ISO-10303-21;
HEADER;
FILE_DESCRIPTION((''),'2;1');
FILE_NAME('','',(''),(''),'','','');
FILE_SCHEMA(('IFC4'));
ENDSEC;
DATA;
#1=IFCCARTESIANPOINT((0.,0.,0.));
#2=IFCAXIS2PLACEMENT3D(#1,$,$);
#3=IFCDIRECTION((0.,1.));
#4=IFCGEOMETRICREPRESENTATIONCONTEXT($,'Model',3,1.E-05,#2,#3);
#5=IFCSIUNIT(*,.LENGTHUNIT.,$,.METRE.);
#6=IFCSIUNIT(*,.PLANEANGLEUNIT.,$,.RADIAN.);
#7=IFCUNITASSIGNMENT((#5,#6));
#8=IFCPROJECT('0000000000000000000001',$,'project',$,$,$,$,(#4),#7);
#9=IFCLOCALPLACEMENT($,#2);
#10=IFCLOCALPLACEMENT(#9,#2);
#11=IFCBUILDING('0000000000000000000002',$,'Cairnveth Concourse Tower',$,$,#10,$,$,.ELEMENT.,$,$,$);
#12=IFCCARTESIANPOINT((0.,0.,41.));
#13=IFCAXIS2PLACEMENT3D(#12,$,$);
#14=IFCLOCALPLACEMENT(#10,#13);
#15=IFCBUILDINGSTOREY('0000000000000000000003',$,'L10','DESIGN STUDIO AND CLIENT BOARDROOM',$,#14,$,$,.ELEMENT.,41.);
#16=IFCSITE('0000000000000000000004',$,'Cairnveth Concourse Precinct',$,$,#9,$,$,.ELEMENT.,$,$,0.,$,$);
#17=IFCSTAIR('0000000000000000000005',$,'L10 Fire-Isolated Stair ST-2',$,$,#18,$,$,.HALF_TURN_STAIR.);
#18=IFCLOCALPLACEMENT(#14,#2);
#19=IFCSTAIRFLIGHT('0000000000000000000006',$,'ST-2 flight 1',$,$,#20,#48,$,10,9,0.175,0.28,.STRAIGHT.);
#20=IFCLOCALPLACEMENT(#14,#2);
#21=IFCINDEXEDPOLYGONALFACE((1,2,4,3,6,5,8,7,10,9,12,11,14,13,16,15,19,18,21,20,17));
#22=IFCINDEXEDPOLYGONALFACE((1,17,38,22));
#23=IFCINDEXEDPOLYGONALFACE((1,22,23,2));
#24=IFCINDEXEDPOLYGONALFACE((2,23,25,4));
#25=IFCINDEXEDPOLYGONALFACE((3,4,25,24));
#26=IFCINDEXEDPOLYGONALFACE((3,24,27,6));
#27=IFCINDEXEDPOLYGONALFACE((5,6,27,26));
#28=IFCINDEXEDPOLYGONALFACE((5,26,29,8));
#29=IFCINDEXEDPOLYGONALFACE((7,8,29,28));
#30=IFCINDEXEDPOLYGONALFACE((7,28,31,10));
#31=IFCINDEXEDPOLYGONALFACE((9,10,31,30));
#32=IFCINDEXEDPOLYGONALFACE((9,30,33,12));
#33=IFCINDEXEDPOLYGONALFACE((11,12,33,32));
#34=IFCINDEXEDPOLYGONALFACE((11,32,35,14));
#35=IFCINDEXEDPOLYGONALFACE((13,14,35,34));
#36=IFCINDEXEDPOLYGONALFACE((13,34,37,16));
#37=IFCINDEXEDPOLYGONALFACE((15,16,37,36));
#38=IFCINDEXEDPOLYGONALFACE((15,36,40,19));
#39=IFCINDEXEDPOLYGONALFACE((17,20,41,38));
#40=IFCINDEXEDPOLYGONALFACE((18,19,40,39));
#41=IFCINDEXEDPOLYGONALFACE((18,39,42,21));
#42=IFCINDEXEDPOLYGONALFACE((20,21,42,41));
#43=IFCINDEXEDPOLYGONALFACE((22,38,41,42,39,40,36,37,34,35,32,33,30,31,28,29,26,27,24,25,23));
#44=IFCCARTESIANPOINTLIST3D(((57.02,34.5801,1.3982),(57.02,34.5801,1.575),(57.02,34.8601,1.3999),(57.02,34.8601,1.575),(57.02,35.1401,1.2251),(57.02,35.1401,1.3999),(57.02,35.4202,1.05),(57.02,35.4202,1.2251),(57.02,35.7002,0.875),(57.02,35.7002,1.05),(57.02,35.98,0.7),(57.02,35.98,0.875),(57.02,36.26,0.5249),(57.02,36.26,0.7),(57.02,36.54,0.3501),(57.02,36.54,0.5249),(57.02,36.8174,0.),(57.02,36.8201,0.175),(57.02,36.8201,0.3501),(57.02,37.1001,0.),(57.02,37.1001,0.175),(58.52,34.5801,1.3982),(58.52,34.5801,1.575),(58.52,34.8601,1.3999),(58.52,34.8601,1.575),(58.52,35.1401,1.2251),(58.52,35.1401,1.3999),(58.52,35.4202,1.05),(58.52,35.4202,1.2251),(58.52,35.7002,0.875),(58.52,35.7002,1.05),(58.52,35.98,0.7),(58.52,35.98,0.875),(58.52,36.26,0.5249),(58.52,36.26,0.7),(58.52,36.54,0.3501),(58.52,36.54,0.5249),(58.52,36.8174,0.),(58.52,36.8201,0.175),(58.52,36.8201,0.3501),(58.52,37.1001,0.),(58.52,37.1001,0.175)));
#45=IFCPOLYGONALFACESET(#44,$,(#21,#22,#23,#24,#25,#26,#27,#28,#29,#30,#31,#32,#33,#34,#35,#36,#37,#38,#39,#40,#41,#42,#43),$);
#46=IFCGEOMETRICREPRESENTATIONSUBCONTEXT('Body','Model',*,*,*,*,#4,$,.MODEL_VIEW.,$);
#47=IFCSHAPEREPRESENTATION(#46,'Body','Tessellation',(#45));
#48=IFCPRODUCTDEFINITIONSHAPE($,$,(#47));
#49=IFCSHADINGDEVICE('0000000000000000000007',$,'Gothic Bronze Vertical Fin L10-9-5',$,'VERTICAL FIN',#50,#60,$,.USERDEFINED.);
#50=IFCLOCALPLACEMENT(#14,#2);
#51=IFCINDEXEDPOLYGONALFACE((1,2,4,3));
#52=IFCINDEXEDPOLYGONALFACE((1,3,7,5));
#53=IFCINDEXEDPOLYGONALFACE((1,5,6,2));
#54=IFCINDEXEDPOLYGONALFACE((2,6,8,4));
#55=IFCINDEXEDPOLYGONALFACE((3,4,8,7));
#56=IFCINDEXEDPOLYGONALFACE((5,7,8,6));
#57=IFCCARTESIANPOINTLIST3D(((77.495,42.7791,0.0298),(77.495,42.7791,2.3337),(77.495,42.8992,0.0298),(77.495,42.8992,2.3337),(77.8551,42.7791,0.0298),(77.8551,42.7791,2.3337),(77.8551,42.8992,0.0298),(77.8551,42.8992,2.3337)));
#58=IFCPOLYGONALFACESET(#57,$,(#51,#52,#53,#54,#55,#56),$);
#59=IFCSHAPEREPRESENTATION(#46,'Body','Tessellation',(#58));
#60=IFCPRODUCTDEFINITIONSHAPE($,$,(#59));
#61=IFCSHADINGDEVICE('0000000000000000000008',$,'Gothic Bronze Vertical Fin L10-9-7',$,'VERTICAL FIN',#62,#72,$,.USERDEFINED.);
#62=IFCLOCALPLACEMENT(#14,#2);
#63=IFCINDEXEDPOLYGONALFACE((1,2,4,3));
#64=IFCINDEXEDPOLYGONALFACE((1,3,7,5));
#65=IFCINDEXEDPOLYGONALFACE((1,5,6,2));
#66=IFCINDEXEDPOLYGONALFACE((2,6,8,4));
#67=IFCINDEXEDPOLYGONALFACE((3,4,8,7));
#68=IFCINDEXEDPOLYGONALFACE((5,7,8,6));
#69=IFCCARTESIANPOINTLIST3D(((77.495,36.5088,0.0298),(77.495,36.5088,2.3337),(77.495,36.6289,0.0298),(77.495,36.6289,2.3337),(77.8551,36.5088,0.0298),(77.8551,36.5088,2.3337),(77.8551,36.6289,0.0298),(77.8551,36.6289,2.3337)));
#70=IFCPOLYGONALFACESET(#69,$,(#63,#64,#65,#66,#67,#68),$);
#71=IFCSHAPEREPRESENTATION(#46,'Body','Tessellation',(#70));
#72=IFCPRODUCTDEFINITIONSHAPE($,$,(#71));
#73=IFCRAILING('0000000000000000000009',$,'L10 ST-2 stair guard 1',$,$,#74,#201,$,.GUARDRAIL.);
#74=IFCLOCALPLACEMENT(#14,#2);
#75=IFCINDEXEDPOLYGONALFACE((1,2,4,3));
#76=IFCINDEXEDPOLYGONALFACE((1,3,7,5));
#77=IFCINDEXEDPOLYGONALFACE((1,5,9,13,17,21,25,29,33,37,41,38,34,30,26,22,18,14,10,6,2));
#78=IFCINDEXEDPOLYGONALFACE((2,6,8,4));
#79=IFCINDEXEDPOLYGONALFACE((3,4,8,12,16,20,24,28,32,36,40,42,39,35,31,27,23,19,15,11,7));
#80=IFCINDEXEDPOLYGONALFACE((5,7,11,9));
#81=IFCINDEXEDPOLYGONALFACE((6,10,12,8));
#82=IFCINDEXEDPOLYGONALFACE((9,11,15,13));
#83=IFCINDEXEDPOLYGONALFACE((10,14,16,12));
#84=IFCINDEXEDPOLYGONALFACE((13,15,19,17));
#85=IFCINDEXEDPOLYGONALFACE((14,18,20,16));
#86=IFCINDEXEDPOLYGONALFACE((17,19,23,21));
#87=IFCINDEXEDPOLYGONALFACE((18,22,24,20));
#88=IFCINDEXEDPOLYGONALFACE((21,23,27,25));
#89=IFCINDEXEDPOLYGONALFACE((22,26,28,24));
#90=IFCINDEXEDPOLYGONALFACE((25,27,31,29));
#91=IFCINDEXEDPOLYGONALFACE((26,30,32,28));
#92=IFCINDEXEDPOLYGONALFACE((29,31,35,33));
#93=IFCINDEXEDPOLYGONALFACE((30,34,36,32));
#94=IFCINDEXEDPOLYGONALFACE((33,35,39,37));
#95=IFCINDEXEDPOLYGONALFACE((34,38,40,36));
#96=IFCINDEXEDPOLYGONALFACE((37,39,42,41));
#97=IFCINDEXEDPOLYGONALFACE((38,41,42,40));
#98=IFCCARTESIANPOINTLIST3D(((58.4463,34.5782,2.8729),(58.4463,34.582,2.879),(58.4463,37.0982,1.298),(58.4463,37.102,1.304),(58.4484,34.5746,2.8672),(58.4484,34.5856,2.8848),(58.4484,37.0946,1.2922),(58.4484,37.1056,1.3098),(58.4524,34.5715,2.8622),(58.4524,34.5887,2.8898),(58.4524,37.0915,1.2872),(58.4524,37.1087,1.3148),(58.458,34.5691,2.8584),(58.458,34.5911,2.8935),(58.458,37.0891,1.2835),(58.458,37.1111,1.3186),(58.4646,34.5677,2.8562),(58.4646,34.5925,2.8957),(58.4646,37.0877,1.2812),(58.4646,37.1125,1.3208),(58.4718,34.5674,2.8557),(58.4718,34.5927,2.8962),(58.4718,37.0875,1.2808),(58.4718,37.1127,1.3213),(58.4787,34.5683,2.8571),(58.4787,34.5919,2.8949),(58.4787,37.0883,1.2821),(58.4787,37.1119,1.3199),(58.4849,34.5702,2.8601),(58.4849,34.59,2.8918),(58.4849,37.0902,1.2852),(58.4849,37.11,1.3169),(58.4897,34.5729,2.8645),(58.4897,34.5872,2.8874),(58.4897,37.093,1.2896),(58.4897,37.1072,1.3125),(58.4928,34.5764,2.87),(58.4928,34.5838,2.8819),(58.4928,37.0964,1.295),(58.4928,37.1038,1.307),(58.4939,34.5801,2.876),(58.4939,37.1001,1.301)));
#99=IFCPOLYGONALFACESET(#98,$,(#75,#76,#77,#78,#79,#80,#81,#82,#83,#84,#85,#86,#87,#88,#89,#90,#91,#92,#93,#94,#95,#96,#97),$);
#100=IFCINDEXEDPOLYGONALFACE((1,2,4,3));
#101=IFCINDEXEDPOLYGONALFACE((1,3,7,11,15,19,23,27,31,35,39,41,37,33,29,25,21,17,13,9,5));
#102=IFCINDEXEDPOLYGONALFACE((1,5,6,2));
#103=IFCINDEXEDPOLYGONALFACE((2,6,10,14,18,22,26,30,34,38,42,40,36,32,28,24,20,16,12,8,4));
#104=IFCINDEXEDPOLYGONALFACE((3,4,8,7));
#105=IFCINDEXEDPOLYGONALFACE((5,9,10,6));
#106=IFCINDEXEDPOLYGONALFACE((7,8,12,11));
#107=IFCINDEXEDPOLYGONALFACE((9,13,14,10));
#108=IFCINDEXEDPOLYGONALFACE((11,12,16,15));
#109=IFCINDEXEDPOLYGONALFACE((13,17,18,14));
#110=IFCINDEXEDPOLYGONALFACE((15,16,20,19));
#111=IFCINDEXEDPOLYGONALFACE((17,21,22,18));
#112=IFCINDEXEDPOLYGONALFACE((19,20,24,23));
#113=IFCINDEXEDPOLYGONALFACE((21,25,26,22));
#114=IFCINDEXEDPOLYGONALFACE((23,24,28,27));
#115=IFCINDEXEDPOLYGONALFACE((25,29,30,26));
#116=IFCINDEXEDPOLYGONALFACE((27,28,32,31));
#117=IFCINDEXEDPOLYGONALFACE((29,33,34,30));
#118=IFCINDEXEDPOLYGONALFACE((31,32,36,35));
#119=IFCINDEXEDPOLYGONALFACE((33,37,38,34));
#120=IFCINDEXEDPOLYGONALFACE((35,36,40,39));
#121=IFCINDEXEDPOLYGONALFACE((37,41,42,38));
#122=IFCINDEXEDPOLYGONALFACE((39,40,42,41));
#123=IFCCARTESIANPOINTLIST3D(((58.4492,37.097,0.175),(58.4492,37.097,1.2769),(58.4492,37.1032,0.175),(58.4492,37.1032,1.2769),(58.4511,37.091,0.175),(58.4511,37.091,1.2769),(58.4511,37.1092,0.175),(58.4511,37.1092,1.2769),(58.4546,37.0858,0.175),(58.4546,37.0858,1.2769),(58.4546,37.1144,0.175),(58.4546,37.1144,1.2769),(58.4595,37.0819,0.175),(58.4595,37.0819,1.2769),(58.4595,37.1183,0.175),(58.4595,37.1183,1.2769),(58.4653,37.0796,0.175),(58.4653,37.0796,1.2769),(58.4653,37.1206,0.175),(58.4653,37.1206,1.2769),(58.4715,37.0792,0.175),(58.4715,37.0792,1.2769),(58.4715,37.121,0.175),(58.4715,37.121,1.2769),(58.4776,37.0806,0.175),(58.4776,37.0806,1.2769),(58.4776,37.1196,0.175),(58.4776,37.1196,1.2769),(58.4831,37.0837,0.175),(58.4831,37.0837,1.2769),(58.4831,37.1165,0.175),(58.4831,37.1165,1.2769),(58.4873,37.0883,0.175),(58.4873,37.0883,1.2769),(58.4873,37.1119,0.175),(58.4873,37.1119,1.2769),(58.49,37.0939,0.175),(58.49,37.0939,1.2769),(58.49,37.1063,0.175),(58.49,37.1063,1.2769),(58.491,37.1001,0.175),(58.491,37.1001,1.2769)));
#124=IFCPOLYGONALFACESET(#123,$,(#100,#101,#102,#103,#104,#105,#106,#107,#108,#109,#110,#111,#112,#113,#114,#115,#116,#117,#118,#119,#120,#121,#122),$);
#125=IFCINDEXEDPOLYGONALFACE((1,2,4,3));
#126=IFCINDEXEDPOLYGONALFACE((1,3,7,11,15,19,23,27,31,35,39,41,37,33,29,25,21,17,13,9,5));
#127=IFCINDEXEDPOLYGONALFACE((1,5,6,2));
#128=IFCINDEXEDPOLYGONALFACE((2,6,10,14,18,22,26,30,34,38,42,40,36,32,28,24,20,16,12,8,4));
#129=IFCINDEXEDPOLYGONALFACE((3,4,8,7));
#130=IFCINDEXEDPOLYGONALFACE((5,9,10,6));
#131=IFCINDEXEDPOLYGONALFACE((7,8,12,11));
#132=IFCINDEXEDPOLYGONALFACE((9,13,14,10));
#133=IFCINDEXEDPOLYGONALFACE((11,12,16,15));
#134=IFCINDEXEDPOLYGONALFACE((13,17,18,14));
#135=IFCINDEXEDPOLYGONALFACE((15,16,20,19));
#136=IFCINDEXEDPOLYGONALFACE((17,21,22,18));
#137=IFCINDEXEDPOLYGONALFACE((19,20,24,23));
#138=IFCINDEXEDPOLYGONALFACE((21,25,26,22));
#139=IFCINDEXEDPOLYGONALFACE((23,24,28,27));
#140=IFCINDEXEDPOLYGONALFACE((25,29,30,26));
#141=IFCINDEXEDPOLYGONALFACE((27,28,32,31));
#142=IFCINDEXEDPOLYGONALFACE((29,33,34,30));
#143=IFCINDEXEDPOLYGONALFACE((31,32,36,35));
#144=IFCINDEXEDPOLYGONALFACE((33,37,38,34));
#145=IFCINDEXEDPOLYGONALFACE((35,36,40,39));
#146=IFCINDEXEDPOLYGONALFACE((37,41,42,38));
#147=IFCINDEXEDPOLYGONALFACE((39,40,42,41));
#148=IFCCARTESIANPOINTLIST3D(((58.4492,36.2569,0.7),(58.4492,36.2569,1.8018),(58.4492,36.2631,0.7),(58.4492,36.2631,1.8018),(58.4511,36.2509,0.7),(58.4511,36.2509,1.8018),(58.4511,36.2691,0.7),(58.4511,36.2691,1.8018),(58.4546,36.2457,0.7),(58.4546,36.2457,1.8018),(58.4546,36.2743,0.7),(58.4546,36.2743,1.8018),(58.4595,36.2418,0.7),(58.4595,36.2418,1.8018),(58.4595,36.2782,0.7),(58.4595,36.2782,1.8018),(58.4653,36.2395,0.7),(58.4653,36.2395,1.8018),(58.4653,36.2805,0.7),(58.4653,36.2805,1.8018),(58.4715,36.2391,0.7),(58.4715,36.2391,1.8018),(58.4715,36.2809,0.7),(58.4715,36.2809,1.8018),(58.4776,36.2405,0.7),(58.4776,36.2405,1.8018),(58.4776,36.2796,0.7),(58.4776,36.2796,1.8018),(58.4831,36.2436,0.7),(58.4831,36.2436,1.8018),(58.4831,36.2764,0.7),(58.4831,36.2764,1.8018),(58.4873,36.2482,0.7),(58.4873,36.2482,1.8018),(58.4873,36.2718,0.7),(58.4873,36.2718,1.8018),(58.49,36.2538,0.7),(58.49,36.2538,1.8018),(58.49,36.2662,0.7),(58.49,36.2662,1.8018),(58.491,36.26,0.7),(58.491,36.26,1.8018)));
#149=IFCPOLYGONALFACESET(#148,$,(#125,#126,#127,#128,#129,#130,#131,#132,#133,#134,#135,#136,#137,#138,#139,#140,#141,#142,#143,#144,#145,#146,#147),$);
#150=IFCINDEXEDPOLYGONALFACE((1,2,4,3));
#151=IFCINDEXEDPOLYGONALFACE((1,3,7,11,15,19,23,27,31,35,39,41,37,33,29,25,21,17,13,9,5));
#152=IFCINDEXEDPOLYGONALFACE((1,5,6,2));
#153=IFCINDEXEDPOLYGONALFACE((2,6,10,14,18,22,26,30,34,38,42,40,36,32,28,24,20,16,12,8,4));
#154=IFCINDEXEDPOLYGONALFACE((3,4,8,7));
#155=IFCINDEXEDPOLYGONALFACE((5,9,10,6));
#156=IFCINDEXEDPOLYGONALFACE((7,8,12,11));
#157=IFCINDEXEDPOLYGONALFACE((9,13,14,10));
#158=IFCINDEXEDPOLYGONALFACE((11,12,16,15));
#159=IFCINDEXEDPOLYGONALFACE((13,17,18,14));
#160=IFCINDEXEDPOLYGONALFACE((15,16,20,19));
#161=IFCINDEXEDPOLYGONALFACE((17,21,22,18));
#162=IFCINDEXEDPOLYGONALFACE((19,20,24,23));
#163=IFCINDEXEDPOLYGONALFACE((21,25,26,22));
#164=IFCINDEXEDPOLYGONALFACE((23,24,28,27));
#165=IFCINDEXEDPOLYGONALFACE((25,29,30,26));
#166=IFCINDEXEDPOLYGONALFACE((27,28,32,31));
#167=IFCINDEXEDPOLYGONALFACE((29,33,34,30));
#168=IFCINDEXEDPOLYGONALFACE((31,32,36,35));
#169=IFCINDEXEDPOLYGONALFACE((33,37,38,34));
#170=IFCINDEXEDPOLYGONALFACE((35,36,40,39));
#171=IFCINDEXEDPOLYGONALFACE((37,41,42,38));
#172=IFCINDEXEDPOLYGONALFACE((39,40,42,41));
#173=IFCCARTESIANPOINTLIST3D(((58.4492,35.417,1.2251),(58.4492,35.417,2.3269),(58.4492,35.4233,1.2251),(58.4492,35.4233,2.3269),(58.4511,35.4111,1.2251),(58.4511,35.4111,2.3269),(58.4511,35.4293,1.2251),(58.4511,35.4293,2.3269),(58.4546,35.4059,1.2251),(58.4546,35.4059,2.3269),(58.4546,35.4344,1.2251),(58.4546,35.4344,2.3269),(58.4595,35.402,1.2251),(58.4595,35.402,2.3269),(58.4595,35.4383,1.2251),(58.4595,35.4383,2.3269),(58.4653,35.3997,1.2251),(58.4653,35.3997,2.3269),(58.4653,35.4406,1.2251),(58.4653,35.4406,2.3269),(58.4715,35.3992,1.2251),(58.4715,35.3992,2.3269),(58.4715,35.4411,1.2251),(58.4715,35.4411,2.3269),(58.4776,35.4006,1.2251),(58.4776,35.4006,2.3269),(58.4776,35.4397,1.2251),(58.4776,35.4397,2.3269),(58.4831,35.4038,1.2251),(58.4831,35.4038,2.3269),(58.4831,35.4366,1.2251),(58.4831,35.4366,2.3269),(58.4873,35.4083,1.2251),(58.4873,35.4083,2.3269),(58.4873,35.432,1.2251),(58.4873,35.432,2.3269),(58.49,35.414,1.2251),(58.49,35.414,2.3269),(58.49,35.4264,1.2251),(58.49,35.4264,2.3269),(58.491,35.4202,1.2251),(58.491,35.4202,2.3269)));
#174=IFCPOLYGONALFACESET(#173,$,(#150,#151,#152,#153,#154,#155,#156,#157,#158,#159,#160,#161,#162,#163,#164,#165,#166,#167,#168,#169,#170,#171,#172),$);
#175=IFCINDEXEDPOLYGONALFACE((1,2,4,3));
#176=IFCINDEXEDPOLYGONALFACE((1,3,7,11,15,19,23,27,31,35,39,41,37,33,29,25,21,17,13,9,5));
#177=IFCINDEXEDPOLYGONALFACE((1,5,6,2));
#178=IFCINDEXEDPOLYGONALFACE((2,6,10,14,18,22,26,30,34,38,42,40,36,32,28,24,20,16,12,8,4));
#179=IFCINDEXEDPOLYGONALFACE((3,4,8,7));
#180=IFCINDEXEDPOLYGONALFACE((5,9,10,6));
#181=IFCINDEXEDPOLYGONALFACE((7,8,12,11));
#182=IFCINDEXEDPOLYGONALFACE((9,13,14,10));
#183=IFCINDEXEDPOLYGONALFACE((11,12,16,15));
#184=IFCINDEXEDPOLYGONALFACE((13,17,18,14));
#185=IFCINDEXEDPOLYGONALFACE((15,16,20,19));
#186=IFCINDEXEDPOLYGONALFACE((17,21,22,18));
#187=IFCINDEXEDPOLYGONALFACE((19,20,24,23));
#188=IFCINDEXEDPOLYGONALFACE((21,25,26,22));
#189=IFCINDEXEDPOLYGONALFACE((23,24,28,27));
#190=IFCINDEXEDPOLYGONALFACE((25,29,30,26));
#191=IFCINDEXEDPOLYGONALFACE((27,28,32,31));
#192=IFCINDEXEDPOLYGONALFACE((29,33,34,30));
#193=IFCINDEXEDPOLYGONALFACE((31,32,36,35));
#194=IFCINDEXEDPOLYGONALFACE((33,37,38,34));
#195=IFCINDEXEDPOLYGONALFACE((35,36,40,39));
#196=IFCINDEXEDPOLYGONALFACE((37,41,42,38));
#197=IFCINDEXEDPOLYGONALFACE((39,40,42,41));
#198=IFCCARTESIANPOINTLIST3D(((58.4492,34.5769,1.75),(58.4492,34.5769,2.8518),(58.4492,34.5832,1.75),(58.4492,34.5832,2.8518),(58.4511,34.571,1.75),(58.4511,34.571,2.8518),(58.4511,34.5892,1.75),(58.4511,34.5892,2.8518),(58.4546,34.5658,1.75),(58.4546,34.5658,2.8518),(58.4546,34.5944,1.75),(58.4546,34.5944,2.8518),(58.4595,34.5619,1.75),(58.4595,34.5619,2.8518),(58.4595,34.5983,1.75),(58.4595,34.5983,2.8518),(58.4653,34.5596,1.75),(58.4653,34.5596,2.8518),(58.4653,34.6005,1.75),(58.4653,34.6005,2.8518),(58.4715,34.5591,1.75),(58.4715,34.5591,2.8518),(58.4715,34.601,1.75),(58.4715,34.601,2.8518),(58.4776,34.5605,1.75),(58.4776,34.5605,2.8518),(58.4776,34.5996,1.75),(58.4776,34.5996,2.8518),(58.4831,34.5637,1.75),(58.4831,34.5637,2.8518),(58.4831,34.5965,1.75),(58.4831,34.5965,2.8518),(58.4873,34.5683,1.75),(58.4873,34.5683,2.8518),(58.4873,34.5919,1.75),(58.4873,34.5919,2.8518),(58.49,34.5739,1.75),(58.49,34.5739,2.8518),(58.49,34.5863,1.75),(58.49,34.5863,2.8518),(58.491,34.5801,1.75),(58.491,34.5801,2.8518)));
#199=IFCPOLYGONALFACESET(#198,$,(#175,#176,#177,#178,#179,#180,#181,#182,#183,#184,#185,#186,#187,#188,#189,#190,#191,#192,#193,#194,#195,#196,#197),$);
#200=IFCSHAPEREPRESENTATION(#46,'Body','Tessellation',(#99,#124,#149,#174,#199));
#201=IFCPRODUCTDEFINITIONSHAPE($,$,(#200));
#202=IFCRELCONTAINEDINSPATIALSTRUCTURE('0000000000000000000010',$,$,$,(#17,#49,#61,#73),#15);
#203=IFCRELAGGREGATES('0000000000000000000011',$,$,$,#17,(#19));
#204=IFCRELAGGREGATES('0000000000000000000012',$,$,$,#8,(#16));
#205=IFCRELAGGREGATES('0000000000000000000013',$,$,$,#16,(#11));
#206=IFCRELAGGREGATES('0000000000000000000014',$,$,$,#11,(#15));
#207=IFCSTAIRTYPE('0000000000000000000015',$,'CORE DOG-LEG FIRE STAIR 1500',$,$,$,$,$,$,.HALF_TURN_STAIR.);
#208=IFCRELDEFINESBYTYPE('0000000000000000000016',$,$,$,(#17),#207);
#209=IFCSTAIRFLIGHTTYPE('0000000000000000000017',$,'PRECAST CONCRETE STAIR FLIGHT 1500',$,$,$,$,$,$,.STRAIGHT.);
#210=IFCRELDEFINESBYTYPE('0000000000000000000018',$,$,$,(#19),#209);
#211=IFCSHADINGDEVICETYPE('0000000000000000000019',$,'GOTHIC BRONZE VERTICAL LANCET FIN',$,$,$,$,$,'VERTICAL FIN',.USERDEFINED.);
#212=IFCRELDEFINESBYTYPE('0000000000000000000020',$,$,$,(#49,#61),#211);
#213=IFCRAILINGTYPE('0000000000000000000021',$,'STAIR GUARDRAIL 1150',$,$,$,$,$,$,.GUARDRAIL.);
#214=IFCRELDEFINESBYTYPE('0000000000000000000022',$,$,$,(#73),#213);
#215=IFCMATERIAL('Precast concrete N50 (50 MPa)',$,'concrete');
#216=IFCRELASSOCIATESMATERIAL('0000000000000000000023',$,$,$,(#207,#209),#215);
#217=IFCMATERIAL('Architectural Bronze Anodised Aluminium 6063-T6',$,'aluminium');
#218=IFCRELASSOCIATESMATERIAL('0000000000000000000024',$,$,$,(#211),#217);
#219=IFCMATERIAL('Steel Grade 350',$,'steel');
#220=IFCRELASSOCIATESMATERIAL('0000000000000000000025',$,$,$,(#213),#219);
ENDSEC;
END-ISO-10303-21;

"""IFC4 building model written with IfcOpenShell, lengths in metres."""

from ifc_helpers import new_model, si_unit, direction, frame, origin, origin_2d, place, context, subcontext, project, spatial, polyline, rectangle, circle, outline, extrude, material, type_object, element, aggregate, save


model = new_model("IFC4")

# Units and contexts
model_context = context("Model", 3, precision=1e-05, world=origin(), true_north=direction((0.0, 1.0)))
body_context = subcontext(model_context, "Body", "Model", "MODEL_VIEW")
ifc_project = project(units=[si_unit("LENGTHUNIT", "METRE"), si_unit("PLANEANGLEUNIT", "RADIAN")], contexts=[model_context])

# Site, building, storey
site_placement = place(None, origin())
site = spatial("IfcSite", under=ifc_project, at=site_placement, Name="Cairnveth Concourse Precinct", CompositionType="ELEMENT", RefElevation=0.0)
building_placement = place(site_placement, origin())
building = spatial("IfcBuilding", under=site, at=building_placement, Name="Cairnveth Concourse Tower", CompositionType="ELEMENT")
storey_placement = place(building_placement, frame((0.0, 0.0, 41.0)))
storey = spatial("IfcBuildingStorey", under=building, at=storey_placement, Name="L10", Description="DESIGN STUDIO AND CLIENT BOARDROOM", CompositionType="ELEMENT", Elevation=41.0)

# Shared definitions
ifc_material_1 = material(Name="Steel Grade 350", Category="steel")

# Stair, stair flight
ifc_material_2 = material(Name="Precast concrete N50 (50 MPa)", Category="concrete")
stair_type = type_object("IfcStairType", Name="CORE DOG-LEG FIRE STAIR 1500", PredefinedType="HALF_TURN_STAIR", material=ifc_material_2)
stair_placement = place(storey_placement, origin())
stair = element("IfcStair", 1, at=stair_placement, inside=storey, type_object=stair_type, Name="L10 Fire-Isolated Stair ST-2", PredefinedType="HALF_TURN_STAIR")
stair_flight_type = type_object("IfcStairFlightType", Name="PRECAST CONCRETE STAIR FLIGHT 1500", PredefinedType="STRAIGHT", material=ifc_material_2)
stair_flight_placement = place(storey_placement, frame((57.77, 37.1001, 0.0), z_axis=(0.0, 0.0, 1.0), x_axis=(0.0, -1.0, 0.0)))
stair_flight = element("IfcStairFlight", 2, at=stair_flight_placement, type_object=stair_flight_type, Name="ST-2 flight 1", NumberOfRisers=10, NumberOfTreads=9, PredefinedType="STRAIGHT", RiserHeight=0.175, TreadLength=0.28, context=body_context, shape_type="SweptSolid", body=[
    extrude(outline(polyline([(0.0, 0.0), (0.0, 0.175), (0.28, 0.175), (0.28, 0.3501), (0.5601, 0.3501), (0.5601, 0.5249), (0.8401, 0.5249), (0.8401, 0.7), (1.1201, 0.7), (1.1201, 0.875), (1.3999, 0.875), (1.3999, 1.05), (1.6799, 1.05), (1.6799, 1.2251), (1.96, 1.2251), (1.96, 1.3999), (2.24, 1.3999), (2.24, 1.575), (2.52, 1.575), (2.52, 1.75), (2.52, 1.3982), (0.2827, 0.0), (0.0, 0.0)])), frame((0.0, 0.75, 0.0), z_axis=(0.0, -1.0, 0.0), x_axis=(1.0, 0.0, 0.0)), (0.0, 0.0, 1.0), 1.5),
])
aggregate(stair, [stair_flight])

# Shading devices
ifc_material_3 = material(Name="Architectural Bronze Anodised Aluminium 6063-T6", Category="aluminium")
shading_device_type = type_object("IfcShadingDeviceType", Name="GOTHIC BRONZE VERTICAL LANCET FIN", ElementType="VERTICAL FIN", PredefinedType="USERDEFINED", material=ifc_material_3)
for number, where, z_axis, x_axis, name in (
    (3, (77.675, 42.8391, 0.0298), (0.0, 0.0, 1.0), (0.0, 1.0, 0.0), "Gothic Bronze Vertical Fin L10-9-5"),
    (4, (77.675, 36.5688, 0.0298), (0.0, 0.0, 1.0), (0.0, 1.0, 0.0), "Gothic Bronze Vertical Fin L10-9-7"),
):
    element("IfcShadingDevice", number, at=place(storey_placement, frame(where, z_axis=z_axis, x_axis=x_axis)), inside=storey, type_object=shading_device_type, Name=name, ObjectType="VERTICAL FIN", PredefinedType="USERDEFINED", context=body_context, shape_type="SweptSolid", body=[
        extrude(rectangle(XDim=0.1201, YDim=0.3601, at=origin_2d()), origin(), (0.0, 0.0, 1.0), 2.304),
    ])

# Railing
railing_type = type_object("IfcRailingType", Name="STAIR GUARDRAIL 1150", PredefinedType="GUARDRAIL", material=ifc_material_1)
railing_1_placement = place(storey_placement, frame((58.47, 37.1001, 0.175)))
element("IfcRailing", 5, at=railing_1_placement, inside=storey, type_object=railing_type, Name="L10 ST-2 stair guard 1", PredefinedType="GUARDRAIL", context=body_context, shape_type="SweptSolid", body=[
    extrude(circle(Radius=0.0239, at=origin_2d()), frame((0.0, 0.0, 1.126), z_axis=(0.0, -0.848008, 0.529984), x_axis=(1.0, 0.0, 0.0)), (0.0, 0.0, 1.0), 2.9717),
    extrude(circle(Radius=0.021, at=origin_2d()), origin(), (0.0, 0.0, 1.0), 1.1018),
    extrude(circle(Radius=0.021, at=origin_2d()), frame((0.0, -0.8401, 0.5249)), (0.0, 0.0, 1.0), 1.1018),
    extrude(circle(Radius=0.021, at=origin_2d()), frame((0.0, -1.6799, 1.05)), (0.0, 0.0, 1.0), 1.1018),
    extrude(circle(Radius=0.021, at=origin_2d()), frame((0.0, -2.52, 1.575)), (0.0, 0.0, 1.0), 1.1018),
])

save(model, "model.ifc")
